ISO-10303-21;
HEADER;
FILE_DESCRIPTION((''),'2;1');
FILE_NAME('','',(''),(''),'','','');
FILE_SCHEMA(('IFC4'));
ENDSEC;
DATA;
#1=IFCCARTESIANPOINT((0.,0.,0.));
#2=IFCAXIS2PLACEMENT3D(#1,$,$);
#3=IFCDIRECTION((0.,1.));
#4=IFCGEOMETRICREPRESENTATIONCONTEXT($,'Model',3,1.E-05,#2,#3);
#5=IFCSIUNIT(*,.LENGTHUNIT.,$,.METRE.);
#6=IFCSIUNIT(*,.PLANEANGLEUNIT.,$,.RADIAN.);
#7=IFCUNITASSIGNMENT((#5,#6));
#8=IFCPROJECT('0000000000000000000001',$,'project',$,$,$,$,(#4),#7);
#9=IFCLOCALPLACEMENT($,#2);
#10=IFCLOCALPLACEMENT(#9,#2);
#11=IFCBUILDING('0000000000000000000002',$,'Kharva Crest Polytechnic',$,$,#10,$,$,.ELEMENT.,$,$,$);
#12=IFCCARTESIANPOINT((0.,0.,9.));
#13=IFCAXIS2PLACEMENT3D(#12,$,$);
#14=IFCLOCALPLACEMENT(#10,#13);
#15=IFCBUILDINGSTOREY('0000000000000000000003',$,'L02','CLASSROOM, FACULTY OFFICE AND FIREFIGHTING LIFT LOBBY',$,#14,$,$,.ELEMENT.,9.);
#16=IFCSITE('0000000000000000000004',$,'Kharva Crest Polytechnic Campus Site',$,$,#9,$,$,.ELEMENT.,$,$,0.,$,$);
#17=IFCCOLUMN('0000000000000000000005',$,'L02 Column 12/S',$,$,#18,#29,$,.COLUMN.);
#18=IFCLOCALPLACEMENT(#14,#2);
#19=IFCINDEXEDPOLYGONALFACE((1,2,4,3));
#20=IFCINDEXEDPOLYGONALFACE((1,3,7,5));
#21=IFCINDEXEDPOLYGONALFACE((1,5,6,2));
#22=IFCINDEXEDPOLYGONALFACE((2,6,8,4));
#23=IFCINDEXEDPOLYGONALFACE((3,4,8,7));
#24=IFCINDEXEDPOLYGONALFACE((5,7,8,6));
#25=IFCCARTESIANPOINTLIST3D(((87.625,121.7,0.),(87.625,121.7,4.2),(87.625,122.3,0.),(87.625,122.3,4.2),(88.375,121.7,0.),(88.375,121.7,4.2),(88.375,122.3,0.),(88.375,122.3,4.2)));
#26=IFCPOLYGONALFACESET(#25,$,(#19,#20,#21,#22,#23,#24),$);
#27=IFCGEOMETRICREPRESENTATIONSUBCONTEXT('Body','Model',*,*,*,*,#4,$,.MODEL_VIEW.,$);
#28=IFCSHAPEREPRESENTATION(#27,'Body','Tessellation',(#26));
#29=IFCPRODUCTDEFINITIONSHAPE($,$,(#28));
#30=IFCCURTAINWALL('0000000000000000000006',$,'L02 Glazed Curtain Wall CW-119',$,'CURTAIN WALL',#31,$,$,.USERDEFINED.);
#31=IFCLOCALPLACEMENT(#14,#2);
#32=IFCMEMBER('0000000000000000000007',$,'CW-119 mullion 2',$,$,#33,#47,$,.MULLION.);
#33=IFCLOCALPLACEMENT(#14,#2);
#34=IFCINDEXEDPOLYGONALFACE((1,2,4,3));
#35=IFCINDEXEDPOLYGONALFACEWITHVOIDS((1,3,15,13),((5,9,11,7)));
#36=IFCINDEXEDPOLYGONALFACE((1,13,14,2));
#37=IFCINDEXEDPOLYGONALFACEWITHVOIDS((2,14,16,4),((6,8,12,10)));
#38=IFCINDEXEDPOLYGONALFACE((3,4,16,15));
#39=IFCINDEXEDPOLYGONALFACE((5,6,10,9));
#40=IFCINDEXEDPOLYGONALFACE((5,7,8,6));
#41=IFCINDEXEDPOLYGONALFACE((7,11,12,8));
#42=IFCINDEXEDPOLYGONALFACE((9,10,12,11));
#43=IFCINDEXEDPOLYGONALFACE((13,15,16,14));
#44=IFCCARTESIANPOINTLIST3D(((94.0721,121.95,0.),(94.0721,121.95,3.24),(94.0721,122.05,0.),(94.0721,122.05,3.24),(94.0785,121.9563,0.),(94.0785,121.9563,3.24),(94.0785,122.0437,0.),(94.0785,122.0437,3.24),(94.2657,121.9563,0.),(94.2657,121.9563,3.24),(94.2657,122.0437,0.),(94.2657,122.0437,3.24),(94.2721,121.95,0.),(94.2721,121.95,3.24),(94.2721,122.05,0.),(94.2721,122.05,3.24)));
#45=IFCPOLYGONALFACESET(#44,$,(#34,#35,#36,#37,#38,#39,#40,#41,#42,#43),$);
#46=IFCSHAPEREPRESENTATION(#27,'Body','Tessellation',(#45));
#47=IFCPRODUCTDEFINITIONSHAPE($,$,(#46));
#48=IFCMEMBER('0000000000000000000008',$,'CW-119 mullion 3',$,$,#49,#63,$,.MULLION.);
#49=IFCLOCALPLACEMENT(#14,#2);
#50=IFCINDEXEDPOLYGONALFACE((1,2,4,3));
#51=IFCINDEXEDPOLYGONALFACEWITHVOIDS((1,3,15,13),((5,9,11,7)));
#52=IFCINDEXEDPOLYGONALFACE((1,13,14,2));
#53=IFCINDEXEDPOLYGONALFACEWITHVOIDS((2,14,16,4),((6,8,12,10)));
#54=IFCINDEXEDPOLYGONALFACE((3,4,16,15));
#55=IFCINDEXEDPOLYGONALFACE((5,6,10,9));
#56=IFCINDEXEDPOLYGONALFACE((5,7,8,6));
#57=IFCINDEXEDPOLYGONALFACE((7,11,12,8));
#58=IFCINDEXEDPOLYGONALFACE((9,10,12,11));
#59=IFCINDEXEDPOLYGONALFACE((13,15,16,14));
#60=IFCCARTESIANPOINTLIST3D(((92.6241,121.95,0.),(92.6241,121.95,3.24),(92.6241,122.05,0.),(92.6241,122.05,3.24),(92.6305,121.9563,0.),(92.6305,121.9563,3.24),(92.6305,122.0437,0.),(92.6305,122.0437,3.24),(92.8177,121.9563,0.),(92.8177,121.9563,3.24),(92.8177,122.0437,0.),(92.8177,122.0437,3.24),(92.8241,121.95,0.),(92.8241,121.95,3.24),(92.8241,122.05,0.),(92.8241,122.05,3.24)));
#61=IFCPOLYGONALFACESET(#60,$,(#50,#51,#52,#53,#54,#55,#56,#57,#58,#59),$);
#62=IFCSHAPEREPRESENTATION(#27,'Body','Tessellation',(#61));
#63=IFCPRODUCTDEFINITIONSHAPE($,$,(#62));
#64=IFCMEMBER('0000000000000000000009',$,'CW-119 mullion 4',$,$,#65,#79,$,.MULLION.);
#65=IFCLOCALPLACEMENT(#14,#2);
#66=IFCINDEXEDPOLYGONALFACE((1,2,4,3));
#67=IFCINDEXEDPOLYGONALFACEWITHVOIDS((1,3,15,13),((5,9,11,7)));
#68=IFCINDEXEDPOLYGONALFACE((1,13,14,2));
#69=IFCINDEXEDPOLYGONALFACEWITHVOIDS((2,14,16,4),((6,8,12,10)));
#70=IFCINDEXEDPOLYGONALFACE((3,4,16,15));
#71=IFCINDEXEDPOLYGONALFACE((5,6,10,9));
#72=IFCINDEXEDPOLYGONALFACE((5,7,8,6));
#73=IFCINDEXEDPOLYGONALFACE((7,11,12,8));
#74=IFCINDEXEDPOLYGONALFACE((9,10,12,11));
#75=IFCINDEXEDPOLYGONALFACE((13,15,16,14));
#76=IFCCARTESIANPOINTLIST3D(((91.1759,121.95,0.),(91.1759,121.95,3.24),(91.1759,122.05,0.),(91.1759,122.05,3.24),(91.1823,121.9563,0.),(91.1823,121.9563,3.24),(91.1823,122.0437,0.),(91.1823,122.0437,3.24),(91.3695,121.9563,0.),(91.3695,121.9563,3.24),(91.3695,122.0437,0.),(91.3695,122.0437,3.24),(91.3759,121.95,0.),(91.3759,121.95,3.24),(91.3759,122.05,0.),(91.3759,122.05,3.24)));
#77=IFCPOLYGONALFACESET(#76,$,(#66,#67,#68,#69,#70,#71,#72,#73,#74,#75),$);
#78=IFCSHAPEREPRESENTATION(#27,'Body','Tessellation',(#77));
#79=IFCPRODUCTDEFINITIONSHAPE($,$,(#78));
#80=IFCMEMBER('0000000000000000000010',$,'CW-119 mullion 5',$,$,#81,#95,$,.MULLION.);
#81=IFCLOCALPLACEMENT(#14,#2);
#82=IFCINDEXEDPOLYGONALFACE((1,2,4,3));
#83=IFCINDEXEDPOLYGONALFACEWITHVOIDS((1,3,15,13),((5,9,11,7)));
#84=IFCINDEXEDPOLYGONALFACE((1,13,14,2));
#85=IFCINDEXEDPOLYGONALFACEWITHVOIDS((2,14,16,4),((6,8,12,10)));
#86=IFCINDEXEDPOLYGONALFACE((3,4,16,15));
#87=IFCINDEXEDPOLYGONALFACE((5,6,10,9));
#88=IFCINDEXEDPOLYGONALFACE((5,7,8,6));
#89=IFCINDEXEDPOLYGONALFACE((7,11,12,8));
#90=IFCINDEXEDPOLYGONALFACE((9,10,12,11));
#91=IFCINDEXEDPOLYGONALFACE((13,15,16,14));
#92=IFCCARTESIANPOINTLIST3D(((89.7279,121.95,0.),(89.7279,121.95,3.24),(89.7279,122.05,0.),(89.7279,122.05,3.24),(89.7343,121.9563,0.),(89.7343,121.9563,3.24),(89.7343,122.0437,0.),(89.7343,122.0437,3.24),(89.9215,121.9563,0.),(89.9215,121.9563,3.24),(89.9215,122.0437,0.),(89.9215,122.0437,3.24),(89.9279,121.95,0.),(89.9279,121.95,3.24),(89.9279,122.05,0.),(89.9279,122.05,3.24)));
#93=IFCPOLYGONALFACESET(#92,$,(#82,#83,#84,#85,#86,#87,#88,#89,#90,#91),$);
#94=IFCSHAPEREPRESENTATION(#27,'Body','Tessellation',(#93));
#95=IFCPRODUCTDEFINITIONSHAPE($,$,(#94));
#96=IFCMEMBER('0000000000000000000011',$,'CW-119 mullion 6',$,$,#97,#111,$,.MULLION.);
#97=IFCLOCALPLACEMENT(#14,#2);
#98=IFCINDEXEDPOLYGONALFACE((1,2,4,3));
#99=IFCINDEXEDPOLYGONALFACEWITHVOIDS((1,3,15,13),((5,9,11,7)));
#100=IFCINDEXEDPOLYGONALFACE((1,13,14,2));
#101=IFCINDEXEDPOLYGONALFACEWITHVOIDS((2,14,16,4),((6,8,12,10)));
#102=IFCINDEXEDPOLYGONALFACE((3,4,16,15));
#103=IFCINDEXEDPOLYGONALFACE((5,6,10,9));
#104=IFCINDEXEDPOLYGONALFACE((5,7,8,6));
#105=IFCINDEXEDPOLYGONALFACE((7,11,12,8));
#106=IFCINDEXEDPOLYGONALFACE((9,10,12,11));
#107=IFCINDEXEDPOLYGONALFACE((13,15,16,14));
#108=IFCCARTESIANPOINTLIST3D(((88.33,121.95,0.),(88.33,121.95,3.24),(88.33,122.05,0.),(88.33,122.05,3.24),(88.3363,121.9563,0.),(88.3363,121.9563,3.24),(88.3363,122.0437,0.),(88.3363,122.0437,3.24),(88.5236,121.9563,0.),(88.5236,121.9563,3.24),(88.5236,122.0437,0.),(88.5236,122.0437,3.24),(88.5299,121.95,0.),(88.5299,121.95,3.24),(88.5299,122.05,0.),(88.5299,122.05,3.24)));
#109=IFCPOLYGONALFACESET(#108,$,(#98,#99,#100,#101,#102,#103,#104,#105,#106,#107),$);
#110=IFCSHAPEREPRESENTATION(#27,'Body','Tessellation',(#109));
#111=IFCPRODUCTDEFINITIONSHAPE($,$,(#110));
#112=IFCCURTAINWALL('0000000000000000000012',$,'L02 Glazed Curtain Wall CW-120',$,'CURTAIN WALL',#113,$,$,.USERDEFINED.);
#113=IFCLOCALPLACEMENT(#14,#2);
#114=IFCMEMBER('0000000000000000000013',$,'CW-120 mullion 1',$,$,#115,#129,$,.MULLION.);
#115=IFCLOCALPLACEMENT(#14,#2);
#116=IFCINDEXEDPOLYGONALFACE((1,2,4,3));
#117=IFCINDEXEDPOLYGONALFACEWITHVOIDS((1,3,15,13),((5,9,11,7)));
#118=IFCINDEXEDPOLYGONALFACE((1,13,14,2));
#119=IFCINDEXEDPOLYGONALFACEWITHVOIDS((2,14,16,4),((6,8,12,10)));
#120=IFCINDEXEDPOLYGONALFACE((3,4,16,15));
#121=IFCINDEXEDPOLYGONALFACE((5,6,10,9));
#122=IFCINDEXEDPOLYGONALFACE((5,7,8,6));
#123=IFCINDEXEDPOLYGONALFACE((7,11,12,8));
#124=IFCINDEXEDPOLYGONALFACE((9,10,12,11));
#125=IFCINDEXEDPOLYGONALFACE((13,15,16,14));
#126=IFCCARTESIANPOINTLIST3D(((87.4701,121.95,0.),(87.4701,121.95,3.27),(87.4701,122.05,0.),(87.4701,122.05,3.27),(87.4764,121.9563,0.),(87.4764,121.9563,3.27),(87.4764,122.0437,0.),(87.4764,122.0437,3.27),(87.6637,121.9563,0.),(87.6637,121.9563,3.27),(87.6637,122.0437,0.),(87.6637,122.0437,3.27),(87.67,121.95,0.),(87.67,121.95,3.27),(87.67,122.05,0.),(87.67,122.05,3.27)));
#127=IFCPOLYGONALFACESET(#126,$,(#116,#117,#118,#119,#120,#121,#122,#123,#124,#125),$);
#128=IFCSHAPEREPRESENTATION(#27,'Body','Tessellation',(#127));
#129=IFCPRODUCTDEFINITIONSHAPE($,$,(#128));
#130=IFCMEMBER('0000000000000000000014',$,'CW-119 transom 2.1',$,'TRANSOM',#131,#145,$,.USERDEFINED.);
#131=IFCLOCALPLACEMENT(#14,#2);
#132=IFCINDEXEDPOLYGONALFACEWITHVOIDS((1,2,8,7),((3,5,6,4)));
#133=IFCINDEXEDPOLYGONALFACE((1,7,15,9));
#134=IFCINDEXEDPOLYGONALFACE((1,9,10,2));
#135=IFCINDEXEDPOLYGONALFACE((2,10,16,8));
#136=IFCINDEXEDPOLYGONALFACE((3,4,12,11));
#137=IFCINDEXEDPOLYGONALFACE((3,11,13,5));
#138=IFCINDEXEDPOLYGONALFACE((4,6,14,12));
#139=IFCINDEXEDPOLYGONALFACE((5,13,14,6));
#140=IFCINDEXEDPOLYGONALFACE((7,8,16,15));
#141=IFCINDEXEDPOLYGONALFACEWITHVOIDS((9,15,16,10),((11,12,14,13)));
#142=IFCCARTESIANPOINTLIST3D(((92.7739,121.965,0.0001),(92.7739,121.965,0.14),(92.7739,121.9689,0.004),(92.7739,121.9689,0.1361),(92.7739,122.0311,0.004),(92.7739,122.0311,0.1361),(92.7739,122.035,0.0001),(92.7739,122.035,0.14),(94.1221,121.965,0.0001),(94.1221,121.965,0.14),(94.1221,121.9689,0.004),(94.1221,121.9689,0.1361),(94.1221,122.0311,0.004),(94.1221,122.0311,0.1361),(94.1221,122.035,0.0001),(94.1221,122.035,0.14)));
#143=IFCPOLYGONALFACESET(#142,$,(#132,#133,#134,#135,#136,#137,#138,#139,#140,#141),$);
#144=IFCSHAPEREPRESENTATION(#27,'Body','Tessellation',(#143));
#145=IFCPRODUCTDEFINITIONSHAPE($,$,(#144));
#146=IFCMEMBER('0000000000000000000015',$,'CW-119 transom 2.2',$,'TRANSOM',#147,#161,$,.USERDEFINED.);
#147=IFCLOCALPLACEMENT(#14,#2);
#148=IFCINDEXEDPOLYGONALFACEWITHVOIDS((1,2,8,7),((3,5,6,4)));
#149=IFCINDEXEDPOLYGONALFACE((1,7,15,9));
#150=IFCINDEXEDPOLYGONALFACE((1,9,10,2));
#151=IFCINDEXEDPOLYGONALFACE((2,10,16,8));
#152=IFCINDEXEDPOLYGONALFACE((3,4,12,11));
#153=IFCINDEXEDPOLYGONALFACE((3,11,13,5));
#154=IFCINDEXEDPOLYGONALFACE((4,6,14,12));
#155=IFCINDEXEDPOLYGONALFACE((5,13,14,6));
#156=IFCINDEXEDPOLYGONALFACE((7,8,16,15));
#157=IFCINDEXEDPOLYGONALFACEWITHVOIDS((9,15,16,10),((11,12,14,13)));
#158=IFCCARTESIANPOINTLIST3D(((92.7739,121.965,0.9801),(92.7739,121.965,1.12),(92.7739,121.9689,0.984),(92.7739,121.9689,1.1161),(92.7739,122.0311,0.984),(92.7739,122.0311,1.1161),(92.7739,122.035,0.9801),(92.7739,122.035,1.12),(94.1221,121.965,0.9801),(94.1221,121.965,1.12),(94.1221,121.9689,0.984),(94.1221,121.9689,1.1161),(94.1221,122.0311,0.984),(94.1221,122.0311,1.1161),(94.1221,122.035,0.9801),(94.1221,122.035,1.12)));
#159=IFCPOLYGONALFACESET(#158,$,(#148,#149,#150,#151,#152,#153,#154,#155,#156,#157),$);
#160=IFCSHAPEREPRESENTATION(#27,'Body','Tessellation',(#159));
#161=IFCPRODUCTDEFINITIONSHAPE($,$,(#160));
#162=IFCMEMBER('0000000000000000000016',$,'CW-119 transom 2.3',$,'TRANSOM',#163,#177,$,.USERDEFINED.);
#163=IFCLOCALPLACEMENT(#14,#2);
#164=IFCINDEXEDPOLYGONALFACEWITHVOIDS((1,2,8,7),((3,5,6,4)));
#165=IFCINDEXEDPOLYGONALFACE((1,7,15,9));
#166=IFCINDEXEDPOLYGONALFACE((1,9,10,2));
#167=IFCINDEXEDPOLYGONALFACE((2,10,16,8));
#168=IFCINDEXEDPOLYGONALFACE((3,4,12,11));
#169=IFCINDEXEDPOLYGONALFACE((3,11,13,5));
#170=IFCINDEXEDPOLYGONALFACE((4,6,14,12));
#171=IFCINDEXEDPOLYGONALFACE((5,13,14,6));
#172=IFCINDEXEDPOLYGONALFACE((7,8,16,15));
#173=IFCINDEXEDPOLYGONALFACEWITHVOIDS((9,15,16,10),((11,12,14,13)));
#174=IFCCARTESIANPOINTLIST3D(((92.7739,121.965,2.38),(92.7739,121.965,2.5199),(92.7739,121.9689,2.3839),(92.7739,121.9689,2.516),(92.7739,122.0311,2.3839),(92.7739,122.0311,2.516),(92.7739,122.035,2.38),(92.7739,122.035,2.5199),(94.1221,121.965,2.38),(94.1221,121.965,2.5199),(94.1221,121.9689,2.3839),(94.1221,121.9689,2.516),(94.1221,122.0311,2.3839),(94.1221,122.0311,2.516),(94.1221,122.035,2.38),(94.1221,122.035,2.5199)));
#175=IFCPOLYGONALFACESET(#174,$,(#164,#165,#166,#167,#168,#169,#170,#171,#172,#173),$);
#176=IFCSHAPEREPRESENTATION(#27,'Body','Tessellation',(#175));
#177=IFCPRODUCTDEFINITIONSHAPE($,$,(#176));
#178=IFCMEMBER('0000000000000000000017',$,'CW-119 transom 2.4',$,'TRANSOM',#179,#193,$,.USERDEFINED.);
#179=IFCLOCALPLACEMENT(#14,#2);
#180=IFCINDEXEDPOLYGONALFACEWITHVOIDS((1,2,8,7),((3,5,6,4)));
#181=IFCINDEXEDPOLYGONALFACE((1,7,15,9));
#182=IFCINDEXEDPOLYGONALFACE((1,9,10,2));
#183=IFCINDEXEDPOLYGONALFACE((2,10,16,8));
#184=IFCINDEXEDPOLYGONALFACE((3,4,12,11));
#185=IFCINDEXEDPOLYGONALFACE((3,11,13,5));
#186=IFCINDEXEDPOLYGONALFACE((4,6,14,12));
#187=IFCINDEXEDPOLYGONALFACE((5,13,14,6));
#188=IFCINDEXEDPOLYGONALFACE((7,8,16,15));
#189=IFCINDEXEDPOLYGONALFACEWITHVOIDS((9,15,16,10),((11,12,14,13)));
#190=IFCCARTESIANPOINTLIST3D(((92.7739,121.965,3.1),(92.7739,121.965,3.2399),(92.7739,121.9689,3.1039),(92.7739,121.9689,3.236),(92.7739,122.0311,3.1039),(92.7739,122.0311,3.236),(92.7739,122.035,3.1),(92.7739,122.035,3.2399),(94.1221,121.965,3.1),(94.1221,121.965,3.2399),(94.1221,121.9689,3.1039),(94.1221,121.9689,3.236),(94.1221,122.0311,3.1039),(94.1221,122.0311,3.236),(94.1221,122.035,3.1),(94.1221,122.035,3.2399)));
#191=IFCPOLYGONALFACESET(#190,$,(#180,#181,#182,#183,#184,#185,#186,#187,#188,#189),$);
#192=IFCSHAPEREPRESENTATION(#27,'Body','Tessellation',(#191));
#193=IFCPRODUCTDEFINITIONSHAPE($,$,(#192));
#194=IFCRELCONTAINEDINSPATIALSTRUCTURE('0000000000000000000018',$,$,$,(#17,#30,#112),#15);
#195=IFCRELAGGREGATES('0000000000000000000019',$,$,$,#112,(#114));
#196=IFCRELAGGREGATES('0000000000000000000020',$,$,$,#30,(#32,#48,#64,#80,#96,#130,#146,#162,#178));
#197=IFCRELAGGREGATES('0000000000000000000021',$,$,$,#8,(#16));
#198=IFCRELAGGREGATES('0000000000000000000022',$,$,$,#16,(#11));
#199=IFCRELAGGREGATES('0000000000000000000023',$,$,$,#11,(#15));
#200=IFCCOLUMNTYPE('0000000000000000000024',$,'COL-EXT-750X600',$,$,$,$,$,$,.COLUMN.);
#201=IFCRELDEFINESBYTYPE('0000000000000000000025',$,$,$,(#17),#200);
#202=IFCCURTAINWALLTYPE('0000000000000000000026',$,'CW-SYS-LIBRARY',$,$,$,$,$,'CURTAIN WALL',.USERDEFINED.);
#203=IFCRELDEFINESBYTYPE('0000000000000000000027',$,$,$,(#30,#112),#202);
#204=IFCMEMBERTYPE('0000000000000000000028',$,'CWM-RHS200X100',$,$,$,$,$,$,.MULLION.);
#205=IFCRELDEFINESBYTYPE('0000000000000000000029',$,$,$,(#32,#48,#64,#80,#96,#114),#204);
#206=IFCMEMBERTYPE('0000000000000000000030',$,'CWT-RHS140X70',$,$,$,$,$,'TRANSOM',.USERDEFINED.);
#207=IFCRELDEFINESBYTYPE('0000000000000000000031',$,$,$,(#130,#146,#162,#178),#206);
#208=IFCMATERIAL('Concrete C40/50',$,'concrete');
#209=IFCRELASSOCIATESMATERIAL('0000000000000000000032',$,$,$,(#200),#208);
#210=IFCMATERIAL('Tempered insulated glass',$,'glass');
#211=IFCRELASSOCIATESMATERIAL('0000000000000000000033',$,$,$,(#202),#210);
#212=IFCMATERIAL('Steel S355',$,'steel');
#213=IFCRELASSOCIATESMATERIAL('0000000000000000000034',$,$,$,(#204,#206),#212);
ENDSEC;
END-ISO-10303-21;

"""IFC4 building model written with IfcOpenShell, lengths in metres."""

from ifc_helpers import new_model, si_unit, direction, frame, origin, origin_2d, place, context, subcontext, project, spatial, rectangle, hollow_rectangle, extrude, material, material_profile, profile_set, type_object, element, aggregate, save


model = new_model("IFC4")

# Units and contexts
model_context = context("Model", 3, precision=1e-05, world=origin(), true_north=direction((0.0, 1.0)))
body_context = subcontext(model_context, "Body", "Model", "MODEL_VIEW")
ifc_project = project(units=[si_unit("LENGTHUNIT", "METRE"), si_unit("PLANEANGLEUNIT", "RADIAN")], contexts=[model_context])

# Site, building, storey
site_placement = place(None, origin())
site = spatial("IfcSite", under=ifc_project, at=site_placement, Name="Kharva Crest Polytechnic Campus Site", CompositionType="ELEMENT", RefElevation=0.0)
building_placement = place(site_placement, origin())
building = spatial("IfcBuilding", under=site, at=building_placement, Name="Kharva Crest Polytechnic", CompositionType="ELEMENT")
storey_placement = place(building_placement, frame((0.0, 0.0, 9.0)))
storey = spatial("IfcBuildingStorey", under=building, at=storey_placement, Name="L02", Description="CLASSROOM, FACULTY OFFICE AND FIREFIGHTING LIFT LOBBY", CompositionType="ELEMENT", Elevation=9.0)

# Column
ifc_material_1 = material(Name="Concrete C40/50", Category="concrete")
ifc_material_profile_1 = material_profile(ifc_material_1, rectangle(XDim=0.75, YDim=0.6001, at=origin_2d()), Name="RECT 750 X 600")
ifc_profile_set_1 = profile_set([ifc_material_profile_1], Name="Concrete C40/50")
column_type = type_object("IfcColumnType", Name="COL-EXT-750X600", PredefinedType="COLUMN", material=ifc_profile_set_1)
column_placement = place(storey_placement, frame((88.0, 122.0, 0.0), z_axis=(0.0, 0.0, 1.0), x_axis=(1.0, 0.0, 0.0)))
element("IfcColumn", 1, at=column_placement, inside=storey, type_object=column_type, Name="L02 Column 12/S", PredefinedType="COLUMN", context=body_context, shape_type="SweptSolid", body=[
    extrude(rectangle(XDim=0.75, YDim=0.6001, at=origin_2d()), origin(), (0.0, 0.0, 1.0), 4.2),
])

# Curtain wall, members
ifc_material_2 = material(Name="Tempered insulated glass", Category="glass")
curtain_wall_type = type_object("IfcCurtainWallType", Name="CW-SYS-LIBRARY", ElementType="CURTAIN WALL", PredefinedType="USERDEFINED", material=ifc_material_2)
curtain_wall_1_placement = place(storey_placement, origin())
curtain_wall_1 = element("IfcCurtainWall", 2, at=curtain_wall_1_placement, inside=storey, type_object=curtain_wall_type, Name="L02 Glazed Curtain Wall CW-119", ObjectType="CURTAIN WALL", PredefinedType="USERDEFINED")
ifc_material_3 = material(Name="Steel S355", Category="steel")
ifc_material_profile_2 = material_profile(ifc_material_3, hollow_rectangle(XDim=0.1001, YDim=0.2, WallThickness=0.0063, at=origin_2d()), Name="RHS 200X100X6.3")
ifc_profile_set_2 = profile_set([ifc_material_profile_2], Name="Steel S355")
member_type_1 = type_object("IfcMemberType", Name="CWM-RHS200X100", PredefinedType="MULLION", material=ifc_profile_set_2)
member_1_placement = place(storey_placement, frame((94.1721, 122.0, 0.0), z_axis=(0.0, 0.0, 1.0), x_axis=(0.0, -1.0, 0.0)))
member_1 = element("IfcMember", 3, at=member_1_placement, type_object=member_type_1, Name="CW-119 mullion 2", PredefinedType="MULLION", context=body_context, shape_type="SweptSolid", body=[
    extrude(hollow_rectangle(XDim=0.1001, YDim=0.2, WallThickness=0.0063, at=origin_2d()), origin(), (0.0, 0.0, 1.0), 3.24),
])
member_2_placement = place(storey_placement, frame((92.7241, 122.0, 0.0), z_axis=(0.0, 0.0, 1.0), x_axis=(0.0, -1.0, 0.0)))
member_2 = element("IfcMember", 4, at=member_2_placement, type_object=member_type_1, Name="CW-119 mullion 3", PredefinedType="MULLION", context=body_context, shape_type="SweptSolid", body=[
    extrude(hollow_rectangle(XDim=0.1001, YDim=0.2, WallThickness=0.0063, at=origin_2d()), origin(), (0.0, 0.0, 1.0), 3.24),
])
member_3_placement = place(storey_placement, frame((91.2759, 122.0, 0.0), z_axis=(0.0, 0.0, 1.0), x_axis=(0.0, -1.0, 0.0)))
member_3 = element("IfcMember", 5, at=member_3_placement, type_object=member_type_1, Name="CW-119 mullion 4", PredefinedType="MULLION", context=body_context, shape_type="SweptSolid", body=[
    extrude(hollow_rectangle(XDim=0.1001, YDim=0.2, WallThickness=0.0063, at=origin_2d()), origin(), (0.0, 0.0, 1.0), 3.24),
])
member_4_placement = place(storey_placement, frame((89.8279, 122.0, 0.0), z_axis=(0.0, 0.0, 1.0), x_axis=(0.0, -1.0, 0.0)))
member_4 = element("IfcMember", 6, at=member_4_placement, type_object=member_type_1, Name="CW-119 mullion 5", PredefinedType="MULLION", context=body_context, shape_type="SweptSolid", body=[
    extrude(hollow_rectangle(XDim=0.1001, YDim=0.2, WallThickness=0.0063, at=origin_2d()), origin(), (0.0, 0.0, 1.0), 3.24),
])
member_5_placement = place(storey_placement, frame((88.4299, 122.0, 0.0), z_axis=(0.0, 0.0, 1.0), x_axis=(0.0, -1.0, 0.0)))
member_5 = element("IfcMember", 7, at=member_5_placement, type_object=member_type_1, Name="CW-119 mullion 6", PredefinedType="MULLION", context=body_context, shape_type="SweptSolid", body=[
    extrude(hollow_rectangle(XDim=0.1001, YDim=0.2, WallThickness=0.0063, at=origin_2d()), origin(), (0.0, 0.0, 1.0), 3.24),
])

# Curtain wall, member
curtain_wall_2_placement = place(storey_placement, origin())
curtain_wall_2 = element("IfcCurtainWall", 8, at=curtain_wall_2_placement, inside=storey, type_object=curtain_wall_type, Name="L02 Glazed Curtain Wall CW-120", ObjectType="CURTAIN WALL", PredefinedType="USERDEFINED")
member_6_placement = place(storey_placement, frame((87.5701, 122.0, 0.0), z_axis=(0.0, 0.0, 1.0), x_axis=(0.0, -1.0, 0.0)))
member_6 = element("IfcMember", 9, at=member_6_placement, type_object=member_type_1, Name="CW-120 mullion 1", PredefinedType="MULLION", context=body_context, shape_type="SweptSolid", body=[
    extrude(hollow_rectangle(XDim=0.1001, YDim=0.2, WallThickness=0.0063, at=origin_2d()), origin(), (0.0, 0.0, 1.0), 3.27),
])

# Members
ifc_material_profile_3 = material_profile(ifc_material_3, hollow_rectangle(XDim=0.0701, YDim=0.1399, WallThickness=0.0039, at=origin_2d()), Name="RHS 140X70X4.0")
ifc_profile_set_3 = profile_set([ifc_material_profile_3], Name="Steel S355")
member_type_2 = type_object("IfcMemberType", Name="CWT-RHS140X70", ElementType="TRANSOM", PredefinedType="USERDEFINED", material=ifc_profile_set_3)
member_7_placement = place(storey_placement, frame((94.1221, 122.0, 0.0701), z_axis=(-1.0, 0.0, 0.0), x_axis=(0.0, -1.0, 0.0)))
member_7 = element("IfcMember", 10, at=member_7_placement, type_object=member_type_2, Name="CW-119 transom 2.1", ObjectType="TRANSOM", PredefinedType="USERDEFINED", context=body_context, shape_type="SweptSolid", body=[
    extrude(hollow_rectangle(XDim=0.0701, YDim=0.1399, WallThickness=0.0039, at=origin_2d()), origin(), (0.0, 0.0, 1.0), 1.3481),
])
member_8_placement = place(storey_placement, frame((94.1221, 122.0, 1.05), z_axis=(-1.0, 0.0, 0.0), x_axis=(0.0, -1.0, 0.0)))
member_8 = element("IfcMember", 11, at=member_8_placement, type_object=member_type_2, Name="CW-119 transom 2.2", ObjectType="TRANSOM", PredefinedType="USERDEFINED", context=body_context, shape_type="SweptSolid", body=[
    extrude(hollow_rectangle(XDim=0.0701, YDim=0.1399, WallThickness=0.0039, at=origin_2d()), origin(), (0.0, 0.0, 1.0), 1.3481),
])
member_9_placement = place(storey_placement, frame((94.1221, 122.0, 2.45), z_axis=(-1.0, 0.0, 0.0), x_axis=(0.0, -1.0, 0.0)))
member_9 = element("IfcMember", 12, at=member_9_placement, type_object=member_type_2, Name="CW-119 transom 2.3", ObjectType="TRANSOM", PredefinedType="USERDEFINED", context=body_context, shape_type="SweptSolid", body=[
    extrude(hollow_rectangle(XDim=0.0701, YDim=0.1399, WallThickness=0.0039, at=origin_2d()), origin(), (0.0, 0.0, 1.0), 1.3481),
])
member_10_placement = place(storey_placement, frame((94.1221, 122.0, 3.1699), z_axis=(-1.0, 0.0, 0.0), x_axis=(0.0, -1.0, 0.0)))
member_10 = element("IfcMember", 13, at=member_10_placement, type_object=member_type_2, Name="CW-119 transom 2.4", ObjectType="TRANSOM", PredefinedType="USERDEFINED", context=body_context, shape_type="SweptSolid", body=[
    extrude(hollow_rectangle(XDim=0.0701, YDim=0.1399, WallThickness=0.0039, at=origin_2d()), origin(), (0.0, 0.0, 1.0), 1.3481),
])
aggregate(curtain_wall_2, [member_6])

aggregate(curtain_wall_1, [member_1, member_2, member_3, member_4, member_5, member_7, member_8, member_9, member_10])

save(model, "model.ifc")
